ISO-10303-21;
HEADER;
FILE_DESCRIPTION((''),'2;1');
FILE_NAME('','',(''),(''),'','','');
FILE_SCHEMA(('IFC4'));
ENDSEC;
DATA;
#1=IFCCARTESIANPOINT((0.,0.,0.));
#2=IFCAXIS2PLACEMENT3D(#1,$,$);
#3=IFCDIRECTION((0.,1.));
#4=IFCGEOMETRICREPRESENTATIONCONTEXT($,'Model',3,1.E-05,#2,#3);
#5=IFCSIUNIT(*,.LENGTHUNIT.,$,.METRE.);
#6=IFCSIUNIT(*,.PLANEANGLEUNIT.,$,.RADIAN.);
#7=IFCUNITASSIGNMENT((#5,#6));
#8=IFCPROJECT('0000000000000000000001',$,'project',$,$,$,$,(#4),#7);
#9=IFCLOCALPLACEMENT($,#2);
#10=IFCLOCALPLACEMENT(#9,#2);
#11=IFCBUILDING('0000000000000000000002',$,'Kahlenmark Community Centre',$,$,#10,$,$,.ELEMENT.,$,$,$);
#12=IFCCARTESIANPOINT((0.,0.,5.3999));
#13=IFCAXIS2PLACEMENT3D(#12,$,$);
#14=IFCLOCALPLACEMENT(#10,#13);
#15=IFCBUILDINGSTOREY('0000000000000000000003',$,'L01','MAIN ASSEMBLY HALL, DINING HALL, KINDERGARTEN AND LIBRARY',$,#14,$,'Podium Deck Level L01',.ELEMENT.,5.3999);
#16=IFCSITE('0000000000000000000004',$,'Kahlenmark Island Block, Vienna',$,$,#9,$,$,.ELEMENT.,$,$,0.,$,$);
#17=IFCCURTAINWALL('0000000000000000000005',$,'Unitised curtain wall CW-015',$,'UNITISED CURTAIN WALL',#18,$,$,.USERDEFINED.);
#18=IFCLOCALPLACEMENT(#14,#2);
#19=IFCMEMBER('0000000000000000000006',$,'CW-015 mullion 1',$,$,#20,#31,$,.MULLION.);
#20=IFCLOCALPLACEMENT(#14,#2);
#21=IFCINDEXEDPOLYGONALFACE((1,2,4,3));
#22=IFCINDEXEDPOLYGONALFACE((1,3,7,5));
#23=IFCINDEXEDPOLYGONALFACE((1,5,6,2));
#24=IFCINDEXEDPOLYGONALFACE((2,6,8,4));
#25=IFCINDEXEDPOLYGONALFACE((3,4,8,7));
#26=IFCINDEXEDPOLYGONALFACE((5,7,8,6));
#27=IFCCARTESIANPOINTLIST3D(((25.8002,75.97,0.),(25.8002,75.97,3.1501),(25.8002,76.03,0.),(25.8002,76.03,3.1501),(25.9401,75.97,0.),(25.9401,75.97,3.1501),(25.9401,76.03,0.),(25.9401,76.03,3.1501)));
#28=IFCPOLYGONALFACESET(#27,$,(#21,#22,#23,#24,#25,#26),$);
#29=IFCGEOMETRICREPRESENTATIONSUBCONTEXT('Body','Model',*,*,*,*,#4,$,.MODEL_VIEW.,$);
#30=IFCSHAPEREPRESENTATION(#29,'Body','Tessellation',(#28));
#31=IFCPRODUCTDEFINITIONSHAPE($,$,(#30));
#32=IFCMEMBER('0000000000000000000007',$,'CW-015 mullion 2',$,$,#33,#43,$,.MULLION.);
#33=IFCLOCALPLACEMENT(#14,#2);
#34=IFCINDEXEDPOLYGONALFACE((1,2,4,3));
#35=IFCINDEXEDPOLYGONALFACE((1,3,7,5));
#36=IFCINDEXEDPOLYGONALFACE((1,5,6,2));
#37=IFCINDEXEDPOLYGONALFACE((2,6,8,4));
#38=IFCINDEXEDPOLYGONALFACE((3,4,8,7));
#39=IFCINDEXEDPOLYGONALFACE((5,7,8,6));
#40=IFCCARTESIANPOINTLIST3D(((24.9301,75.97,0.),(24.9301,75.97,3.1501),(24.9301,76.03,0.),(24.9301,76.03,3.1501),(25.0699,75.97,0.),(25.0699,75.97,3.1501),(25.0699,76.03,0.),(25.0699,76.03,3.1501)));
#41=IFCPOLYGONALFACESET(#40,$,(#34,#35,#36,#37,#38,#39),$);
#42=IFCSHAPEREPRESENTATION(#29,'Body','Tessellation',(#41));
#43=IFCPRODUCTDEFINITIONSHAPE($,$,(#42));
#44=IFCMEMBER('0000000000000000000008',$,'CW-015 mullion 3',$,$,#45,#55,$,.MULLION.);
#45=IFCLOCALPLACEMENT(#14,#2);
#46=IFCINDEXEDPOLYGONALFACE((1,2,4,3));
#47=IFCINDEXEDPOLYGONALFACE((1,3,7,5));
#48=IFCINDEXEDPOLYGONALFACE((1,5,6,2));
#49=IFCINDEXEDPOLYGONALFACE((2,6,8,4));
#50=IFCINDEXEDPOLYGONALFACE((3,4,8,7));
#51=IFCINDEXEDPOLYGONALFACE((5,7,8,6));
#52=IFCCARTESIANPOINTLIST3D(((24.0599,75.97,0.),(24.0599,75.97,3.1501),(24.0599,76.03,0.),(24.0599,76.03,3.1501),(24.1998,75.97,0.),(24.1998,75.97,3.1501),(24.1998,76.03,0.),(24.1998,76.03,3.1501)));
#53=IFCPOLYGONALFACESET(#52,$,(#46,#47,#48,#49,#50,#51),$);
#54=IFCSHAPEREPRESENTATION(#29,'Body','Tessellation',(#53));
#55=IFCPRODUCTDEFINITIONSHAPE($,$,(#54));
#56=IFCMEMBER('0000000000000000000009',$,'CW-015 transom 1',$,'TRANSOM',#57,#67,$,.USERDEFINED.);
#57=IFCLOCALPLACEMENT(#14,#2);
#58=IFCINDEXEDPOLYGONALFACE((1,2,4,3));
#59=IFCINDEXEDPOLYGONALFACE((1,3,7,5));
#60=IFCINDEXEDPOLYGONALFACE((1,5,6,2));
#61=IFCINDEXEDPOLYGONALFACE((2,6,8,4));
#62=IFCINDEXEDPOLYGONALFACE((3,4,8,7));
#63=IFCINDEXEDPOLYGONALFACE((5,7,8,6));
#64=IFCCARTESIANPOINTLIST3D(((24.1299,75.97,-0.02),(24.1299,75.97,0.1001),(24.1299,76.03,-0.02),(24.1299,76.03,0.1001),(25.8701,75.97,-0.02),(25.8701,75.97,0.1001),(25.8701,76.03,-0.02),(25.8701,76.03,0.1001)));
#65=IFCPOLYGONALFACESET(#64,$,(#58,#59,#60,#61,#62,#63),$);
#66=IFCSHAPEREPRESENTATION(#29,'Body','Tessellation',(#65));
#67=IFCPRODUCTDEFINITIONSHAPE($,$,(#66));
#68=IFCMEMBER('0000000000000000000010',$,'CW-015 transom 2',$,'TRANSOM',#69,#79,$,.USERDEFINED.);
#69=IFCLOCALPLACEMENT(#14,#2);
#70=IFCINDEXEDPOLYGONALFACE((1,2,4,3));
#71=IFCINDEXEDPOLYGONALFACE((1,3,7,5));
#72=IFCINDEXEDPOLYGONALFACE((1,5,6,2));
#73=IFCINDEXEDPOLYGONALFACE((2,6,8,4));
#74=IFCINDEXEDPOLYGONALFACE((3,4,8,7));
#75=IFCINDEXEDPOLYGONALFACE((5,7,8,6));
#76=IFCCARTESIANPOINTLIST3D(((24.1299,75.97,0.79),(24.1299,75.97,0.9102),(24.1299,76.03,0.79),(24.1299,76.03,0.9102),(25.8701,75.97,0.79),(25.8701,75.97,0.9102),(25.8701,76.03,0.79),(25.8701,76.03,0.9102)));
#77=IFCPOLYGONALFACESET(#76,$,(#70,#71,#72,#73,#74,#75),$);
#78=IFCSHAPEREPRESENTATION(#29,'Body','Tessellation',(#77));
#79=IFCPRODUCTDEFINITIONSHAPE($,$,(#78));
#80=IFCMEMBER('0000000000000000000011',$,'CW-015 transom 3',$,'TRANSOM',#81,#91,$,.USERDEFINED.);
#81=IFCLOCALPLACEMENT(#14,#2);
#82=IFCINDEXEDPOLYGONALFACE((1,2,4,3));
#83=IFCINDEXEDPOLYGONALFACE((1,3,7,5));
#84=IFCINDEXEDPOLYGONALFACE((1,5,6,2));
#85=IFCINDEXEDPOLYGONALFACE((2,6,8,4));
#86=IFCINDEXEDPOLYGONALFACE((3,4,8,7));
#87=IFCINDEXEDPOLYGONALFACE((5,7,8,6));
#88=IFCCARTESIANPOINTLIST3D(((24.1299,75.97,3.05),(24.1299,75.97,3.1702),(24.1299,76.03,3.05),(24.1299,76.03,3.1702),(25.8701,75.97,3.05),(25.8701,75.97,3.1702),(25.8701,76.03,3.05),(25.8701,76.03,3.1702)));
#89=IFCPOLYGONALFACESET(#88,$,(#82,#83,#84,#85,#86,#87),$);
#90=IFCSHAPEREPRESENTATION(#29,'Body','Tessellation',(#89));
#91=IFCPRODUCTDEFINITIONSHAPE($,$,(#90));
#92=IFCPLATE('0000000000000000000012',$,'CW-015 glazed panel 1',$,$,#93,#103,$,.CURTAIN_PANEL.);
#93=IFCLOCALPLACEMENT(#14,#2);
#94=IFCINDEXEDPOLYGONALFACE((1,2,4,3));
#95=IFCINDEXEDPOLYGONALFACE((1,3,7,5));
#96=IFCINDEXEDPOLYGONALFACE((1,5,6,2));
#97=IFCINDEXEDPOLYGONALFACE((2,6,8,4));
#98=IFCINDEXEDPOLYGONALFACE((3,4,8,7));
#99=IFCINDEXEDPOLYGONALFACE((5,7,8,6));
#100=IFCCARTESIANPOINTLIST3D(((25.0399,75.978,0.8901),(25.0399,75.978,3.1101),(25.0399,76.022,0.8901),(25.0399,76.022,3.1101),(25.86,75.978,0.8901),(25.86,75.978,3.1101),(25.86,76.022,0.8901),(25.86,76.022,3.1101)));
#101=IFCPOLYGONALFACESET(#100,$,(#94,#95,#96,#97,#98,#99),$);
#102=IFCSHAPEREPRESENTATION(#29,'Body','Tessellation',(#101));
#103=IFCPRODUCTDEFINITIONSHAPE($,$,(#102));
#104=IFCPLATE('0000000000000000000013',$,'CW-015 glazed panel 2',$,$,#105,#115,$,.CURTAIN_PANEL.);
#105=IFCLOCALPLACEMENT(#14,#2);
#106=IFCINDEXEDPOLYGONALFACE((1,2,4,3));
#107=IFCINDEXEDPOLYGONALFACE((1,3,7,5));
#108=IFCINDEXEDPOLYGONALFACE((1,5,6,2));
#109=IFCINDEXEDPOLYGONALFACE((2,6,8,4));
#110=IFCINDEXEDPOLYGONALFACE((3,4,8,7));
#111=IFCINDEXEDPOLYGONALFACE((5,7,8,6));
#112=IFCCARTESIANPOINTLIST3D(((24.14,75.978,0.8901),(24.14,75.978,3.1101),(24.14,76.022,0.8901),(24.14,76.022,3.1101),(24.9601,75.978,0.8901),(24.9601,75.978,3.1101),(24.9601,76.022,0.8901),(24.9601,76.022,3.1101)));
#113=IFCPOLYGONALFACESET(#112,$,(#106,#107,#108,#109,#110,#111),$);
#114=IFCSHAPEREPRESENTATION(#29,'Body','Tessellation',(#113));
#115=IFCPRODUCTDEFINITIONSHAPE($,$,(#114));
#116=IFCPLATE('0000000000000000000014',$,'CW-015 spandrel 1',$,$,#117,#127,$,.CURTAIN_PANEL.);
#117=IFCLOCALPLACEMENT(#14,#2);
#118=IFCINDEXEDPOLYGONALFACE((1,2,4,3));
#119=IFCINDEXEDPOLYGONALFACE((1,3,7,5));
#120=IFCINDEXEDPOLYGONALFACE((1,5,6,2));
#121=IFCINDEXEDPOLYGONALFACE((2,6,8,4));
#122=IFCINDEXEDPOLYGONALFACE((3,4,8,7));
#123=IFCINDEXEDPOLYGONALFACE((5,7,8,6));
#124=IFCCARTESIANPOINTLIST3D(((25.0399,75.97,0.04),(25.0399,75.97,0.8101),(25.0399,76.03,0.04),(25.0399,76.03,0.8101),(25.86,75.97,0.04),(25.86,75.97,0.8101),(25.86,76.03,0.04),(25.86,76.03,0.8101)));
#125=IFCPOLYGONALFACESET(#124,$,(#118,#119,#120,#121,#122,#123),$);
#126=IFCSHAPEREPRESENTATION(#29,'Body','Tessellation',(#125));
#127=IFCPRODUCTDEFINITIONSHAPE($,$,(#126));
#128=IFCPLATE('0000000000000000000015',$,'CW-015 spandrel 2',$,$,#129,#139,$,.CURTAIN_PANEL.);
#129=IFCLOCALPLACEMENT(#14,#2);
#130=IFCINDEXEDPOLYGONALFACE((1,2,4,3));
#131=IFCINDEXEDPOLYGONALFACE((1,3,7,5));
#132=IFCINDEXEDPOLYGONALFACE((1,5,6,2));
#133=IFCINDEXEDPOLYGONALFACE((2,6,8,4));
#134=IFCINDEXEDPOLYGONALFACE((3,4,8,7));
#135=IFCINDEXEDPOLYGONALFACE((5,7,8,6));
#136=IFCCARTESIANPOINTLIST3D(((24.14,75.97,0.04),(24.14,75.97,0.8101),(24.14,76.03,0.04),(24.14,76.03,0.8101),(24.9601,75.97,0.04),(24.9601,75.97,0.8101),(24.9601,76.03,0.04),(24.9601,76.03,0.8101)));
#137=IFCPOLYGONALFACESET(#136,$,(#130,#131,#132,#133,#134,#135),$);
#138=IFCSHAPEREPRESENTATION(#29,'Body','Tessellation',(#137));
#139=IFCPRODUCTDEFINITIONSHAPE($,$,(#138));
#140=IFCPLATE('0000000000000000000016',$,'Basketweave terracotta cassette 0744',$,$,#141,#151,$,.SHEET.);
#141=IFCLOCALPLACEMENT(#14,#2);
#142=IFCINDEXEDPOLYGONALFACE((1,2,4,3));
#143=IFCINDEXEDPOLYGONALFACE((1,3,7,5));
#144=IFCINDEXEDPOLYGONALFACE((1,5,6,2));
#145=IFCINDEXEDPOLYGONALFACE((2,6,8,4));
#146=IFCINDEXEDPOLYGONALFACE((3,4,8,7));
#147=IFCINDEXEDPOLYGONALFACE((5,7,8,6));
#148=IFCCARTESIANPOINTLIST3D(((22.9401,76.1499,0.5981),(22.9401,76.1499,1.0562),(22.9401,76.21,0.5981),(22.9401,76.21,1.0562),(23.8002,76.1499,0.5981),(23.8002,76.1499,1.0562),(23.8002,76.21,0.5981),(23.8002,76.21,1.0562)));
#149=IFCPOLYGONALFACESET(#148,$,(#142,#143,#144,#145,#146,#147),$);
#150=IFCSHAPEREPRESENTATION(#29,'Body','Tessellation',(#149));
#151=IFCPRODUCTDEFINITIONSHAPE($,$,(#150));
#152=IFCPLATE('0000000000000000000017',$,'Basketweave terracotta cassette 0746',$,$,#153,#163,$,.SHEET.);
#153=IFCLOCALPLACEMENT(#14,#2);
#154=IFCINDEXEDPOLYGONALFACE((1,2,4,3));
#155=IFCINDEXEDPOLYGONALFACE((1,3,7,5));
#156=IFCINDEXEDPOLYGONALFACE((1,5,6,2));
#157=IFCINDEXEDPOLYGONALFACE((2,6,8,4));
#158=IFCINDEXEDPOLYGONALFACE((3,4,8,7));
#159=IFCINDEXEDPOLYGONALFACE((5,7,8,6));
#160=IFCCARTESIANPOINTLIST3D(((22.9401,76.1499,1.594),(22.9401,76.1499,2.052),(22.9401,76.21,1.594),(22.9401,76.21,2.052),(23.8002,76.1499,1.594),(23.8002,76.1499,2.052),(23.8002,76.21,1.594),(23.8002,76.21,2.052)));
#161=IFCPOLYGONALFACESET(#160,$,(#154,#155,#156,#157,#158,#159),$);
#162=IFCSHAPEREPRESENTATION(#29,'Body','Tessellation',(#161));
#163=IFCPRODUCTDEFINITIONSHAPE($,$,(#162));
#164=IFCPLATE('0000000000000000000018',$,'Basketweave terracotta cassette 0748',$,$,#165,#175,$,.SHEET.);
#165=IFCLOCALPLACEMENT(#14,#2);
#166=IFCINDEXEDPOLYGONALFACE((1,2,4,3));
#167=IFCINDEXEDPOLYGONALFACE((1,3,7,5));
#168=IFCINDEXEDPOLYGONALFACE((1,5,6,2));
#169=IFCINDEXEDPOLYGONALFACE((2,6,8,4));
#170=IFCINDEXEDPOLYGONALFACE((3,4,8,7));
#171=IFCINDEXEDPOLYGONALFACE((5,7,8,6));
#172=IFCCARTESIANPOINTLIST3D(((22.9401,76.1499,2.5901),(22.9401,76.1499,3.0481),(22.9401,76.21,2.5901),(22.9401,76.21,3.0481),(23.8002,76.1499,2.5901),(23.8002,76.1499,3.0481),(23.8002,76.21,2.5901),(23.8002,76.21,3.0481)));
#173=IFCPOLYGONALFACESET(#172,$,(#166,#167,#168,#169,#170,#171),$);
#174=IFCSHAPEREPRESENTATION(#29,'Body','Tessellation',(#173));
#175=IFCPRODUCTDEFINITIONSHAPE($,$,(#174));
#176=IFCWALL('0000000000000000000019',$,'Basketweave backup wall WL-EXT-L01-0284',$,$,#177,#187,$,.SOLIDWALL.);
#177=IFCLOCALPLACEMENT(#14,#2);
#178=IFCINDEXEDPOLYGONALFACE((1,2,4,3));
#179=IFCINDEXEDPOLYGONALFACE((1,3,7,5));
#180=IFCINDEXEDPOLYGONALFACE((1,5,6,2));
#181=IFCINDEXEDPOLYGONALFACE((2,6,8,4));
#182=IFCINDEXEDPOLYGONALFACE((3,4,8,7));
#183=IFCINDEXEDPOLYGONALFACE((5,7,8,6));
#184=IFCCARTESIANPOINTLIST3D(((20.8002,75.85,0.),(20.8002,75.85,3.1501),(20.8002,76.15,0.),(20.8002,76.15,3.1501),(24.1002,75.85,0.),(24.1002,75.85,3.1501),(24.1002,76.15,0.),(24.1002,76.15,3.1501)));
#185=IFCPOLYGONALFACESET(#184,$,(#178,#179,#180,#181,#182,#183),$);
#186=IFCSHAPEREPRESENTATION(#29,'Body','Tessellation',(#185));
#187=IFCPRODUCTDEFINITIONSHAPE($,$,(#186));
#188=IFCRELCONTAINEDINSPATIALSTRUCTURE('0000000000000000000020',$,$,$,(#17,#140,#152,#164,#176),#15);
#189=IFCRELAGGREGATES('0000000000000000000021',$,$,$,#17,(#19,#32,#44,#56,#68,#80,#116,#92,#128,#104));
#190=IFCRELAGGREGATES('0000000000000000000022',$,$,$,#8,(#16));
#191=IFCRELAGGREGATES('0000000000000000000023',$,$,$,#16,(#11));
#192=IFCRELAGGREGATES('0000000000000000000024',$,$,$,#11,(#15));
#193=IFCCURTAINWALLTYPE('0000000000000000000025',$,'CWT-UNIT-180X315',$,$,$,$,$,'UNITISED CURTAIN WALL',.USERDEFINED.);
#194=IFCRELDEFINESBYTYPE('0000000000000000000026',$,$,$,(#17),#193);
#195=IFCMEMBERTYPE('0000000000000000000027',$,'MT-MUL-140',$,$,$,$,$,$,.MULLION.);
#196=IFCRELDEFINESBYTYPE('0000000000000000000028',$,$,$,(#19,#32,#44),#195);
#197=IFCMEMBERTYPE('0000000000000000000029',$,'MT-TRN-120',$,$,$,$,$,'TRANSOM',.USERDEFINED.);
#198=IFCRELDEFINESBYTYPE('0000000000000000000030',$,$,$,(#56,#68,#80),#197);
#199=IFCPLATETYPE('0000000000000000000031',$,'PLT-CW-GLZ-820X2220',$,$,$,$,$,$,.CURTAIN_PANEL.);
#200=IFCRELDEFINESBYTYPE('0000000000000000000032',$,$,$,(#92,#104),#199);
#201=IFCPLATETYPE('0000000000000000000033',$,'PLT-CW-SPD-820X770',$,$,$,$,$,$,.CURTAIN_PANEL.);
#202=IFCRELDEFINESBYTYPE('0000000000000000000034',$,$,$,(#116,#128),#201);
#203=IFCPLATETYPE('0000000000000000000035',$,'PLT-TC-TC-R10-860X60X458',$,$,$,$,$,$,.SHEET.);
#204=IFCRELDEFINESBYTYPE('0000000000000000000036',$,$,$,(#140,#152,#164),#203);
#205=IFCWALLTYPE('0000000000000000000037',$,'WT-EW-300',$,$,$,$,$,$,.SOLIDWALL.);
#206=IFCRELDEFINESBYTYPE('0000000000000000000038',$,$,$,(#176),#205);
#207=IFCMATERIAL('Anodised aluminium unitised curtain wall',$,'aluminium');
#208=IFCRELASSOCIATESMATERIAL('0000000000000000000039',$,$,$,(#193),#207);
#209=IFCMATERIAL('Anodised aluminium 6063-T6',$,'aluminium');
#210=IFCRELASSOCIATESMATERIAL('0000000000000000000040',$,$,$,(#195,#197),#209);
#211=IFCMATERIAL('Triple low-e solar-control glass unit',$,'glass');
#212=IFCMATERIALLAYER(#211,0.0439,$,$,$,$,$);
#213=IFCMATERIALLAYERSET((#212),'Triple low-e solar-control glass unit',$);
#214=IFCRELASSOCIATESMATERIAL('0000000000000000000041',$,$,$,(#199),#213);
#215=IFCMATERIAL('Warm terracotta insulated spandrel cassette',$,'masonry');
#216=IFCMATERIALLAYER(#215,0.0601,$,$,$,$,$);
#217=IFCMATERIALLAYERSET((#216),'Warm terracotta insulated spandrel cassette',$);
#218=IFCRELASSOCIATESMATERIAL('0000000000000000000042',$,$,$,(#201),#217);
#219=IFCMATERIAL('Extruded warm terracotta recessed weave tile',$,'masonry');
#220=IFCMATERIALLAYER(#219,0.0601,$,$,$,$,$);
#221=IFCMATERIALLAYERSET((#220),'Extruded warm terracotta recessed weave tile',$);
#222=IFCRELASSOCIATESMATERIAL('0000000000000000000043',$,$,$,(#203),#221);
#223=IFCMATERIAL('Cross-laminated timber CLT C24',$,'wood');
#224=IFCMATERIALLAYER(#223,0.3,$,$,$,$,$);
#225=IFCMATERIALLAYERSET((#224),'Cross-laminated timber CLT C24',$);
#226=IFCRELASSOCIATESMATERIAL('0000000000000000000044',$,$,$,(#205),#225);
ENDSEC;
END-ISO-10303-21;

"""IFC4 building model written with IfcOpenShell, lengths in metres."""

from ifc_helpers import new_model, si_unit, direction, frame, frame_2d, origin, origin_2d, place, context, subcontext, project, spatial, rectangle, extrude, material, layer, layer_set, material_profile, profile_set, type_object, element, aggregate, save


model = new_model("IFC4")

# Units and contexts
model_context = context("Model", 3, precision=1e-05, world=origin(), true_north=direction((0.0, 1.0)))
body_context = subcontext(model_context, "Body", "Model", "MODEL_VIEW")
ifc_project = project(units=[si_unit("LENGTHUNIT", "METRE"), si_unit("PLANEANGLEUNIT", "RADIAN")], contexts=[model_context])

# Site, building, storey
site_placement = place(None, origin())
site = spatial("IfcSite", under=ifc_project, at=site_placement, Name="Kahlenmark Island Block, Vienna", CompositionType="ELEMENT", RefElevation=0.0)
building_placement = place(site_placement, origin())
building = spatial("IfcBuilding", under=site, at=building_placement, Name="Kahlenmark Community Centre", CompositionType="ELEMENT")
storey_placement = place(building_placement, frame((0.0, 0.0, 5.3999)))
storey = spatial("IfcBuildingStorey", under=building, at=storey_placement, Name="L01", Description="MAIN ASSEMBLY HALL, DINING HALL, KINDERGARTEN AND LIBRARY", LongName="Podium Deck Level L01", CompositionType="ELEMENT", Elevation=5.3999)

# Curtain wall, members, plates
ifc_material_1 = material(Name="Anodised aluminium unitised curtain wall", Category="aluminium")
curtain_wall_type = type_object("IfcCurtainWallType", Name="CWT-UNIT-180X315", ElementType="UNITISED CURTAIN WALL", PredefinedType="USERDEFINED", material=ifc_material_1)
curtain_wall_placement = place(storey_placement, origin())
curtain_wall = element("IfcCurtainWall", 1, at=curtain_wall_placement, inside=storey, type_object=curtain_wall_type, Name="Unitised curtain wall CW-015", ObjectType="UNITISED CURTAIN WALL", PredefinedType="USERDEFINED")
ifc_material_2 = material(Name="Anodised aluminium 6063-T6", Category="aluminium")
ifc_material_profile_1 = material_profile(ifc_material_2, rectangle(XDim=0.0601, YDim=0.1399, at=origin_2d()), Name="ALU MULLION 60x140")
ifc_profile_set_1 = profile_set([ifc_material_profile_1], Name="Anodised aluminium 6063-T6")
member_type_1 = type_object("IfcMemberType", Name="MT-MUL-140", PredefinedType="MULLION", material=ifc_profile_set_1)
member_1_placement = place(storey_placement, frame((25.8701, 76.0, 0.0), z_axis=(0.0, 0.0, 1.0), x_axis=(0.0, -1.0, 0.0)))
member_1 = element("IfcMember", 2, at=member_1_placement, type_object=member_type_1, Name="CW-015 mullion 1", PredefinedType="MULLION", context=body_context, shape_type="SweptSolid", body=[
    extrude(rectangle(XDim=0.0601, YDim=0.1399, at=origin_2d()), origin(), (0.0, 0.0, 1.0), 3.1501),
])
member_2_placement = place(storey_placement, frame((25.0, 76.0, 0.0), z_axis=(0.0, 0.0, 1.0), x_axis=(0.0, -1.0, 0.0)))
member_2 = element("IfcMember", 3, at=member_2_placement, type_object=member_type_1, Name="CW-015 mullion 2", PredefinedType="MULLION", context=body_context, shape_type="SweptSolid", body=[
    extrude(rectangle(XDim=0.0601, YDim=0.1399, at=origin_2d()), origin(), (0.0, 0.0, 1.0), 3.1501),
])
member_3_placement = place(storey_placement, frame((24.1299, 76.0, 0.0), z_axis=(0.0, 0.0, 1.0), x_axis=(0.0, -1.0, 0.0)))
member_3 = element("IfcMember", 4, at=member_3_placement, type_object=member_type_1, Name="CW-015 mullion 3", PredefinedType="MULLION", context=body_context, shape_type="SweptSolid", body=[
    extrude(rectangle(XDim=0.0601, YDim=0.1399, at=origin_2d()), origin(), (0.0, 0.0, 1.0), 3.1501),
])
ifc_material_profile_2 = material_profile(ifc_material_2, rectangle(XDim=0.0601, YDim=0.1201, at=origin_2d()), Name="ALU TRANSOM 60x120")
ifc_profile_set_2 = profile_set([ifc_material_profile_2], Name="Anodised aluminium 6063-T6")
member_type_2 = type_object("IfcMemberType", Name="MT-TRN-120", ElementType="TRANSOM", PredefinedType="USERDEFINED", material=ifc_profile_set_2)
member_4_placement = place(storey_placement, frame((25.8701, 76.0, 0.04), z_axis=(-1.0, 0.0, 0.0), x_axis=(0.0, -1.0, 0.0)))
member_4 = element("IfcMember", 5, at=member_4_placement, type_object=member_type_2, Name="CW-015 transom 1", ObjectType="TRANSOM", PredefinedType="USERDEFINED", context=body_context, shape_type="SweptSolid", body=[
    extrude(rectangle(XDim=0.0601, YDim=0.1201, at=origin_2d()), origin(), (0.0, 0.0, 1.0), 1.7402),
])
member_5_placement = place(storey_placement, frame((25.8701, 76.0, 0.8501), z_axis=(-1.0, 0.0, 0.0), x_axis=(0.0, -1.0, 0.0)))
member_5 = element("IfcMember", 6, at=member_5_placement, type_object=member_type_2, Name="CW-015 transom 2", ObjectType="TRANSOM", PredefinedType="USERDEFINED", context=body_context, shape_type="SweptSolid", body=[
    extrude(rectangle(XDim=0.0601, YDim=0.1201, at=origin_2d()), origin(), (0.0, 0.0, 1.0), 1.7402),
])
member_6_placement = place(storey_placement, frame((25.8701, 76.0, 3.1101), z_axis=(-1.0, 0.0, 0.0), x_axis=(0.0, -1.0, 0.0)))
member_6 = element("IfcMember", 7, at=member_6_placement, type_object=member_type_2, Name="CW-015 transom 3", ObjectType="TRANSOM", PredefinedType="USERDEFINED", context=body_context, shape_type="SweptSolid", body=[
    extrude(rectangle(XDim=0.0601, YDim=0.1201, at=origin_2d()), origin(), (0.0, 0.0, 1.0), 1.7402),
])
ifc_material_3 = material(Name="Triple low-e solar-control glass unit", Category="glass")
ifc_layer_1 = layer(ifc_material_3, 0.0439)
ifc_layer_set_1 = layer_set([ifc_layer_1], Name="Triple low-e solar-control glass unit")
plate_type_1 = type_object("IfcPlateType", Name="PLT-CW-GLZ-820X2220", PredefinedType="CURTAIN_PANEL", material=ifc_layer_set_1)
plate_1_placement = place(storey_placement, frame((25.45, 76.0, 0.8901), z_axis=(0.0, 0.0, 1.0), x_axis=(-1.0, 0.0, 0.0)))
plate_1 = element("IfcPlate", 8, at=plate_1_placement, type_object=plate_type_1, Name="CW-015 glazed panel 1", PredefinedType="CURTAIN_PANEL", context=body_context, shape_type="SweptSolid", body=[
    extrude(rectangle(XDim=0.8201, YDim=0.0439, at=origin_2d()), origin(), (0.0, 0.0, 1.0), 2.22),
])
plate_2_placement = place(storey_placement, frame((24.55, 76.0, 0.8901), z_axis=(0.0, 0.0, 1.0), x_axis=(-1.0, 0.0, 0.0)))
plate_2 = element("IfcPlate", 9, at=plate_2_placement, type_object=plate_type_1, Name="CW-015 glazed panel 2", PredefinedType="CURTAIN_PANEL", context=body_context, shape_type="SweptSolid", body=[
    extrude(rectangle(XDim=0.8201, YDim=0.0439, at=origin_2d()), origin(), (0.0, 0.0, 1.0), 2.22),
])
ifc_material_4 = material(Name="Warm terracotta insulated spandrel cassette", Category="masonry")
ifc_layer_2 = layer(ifc_material_4, 0.0601)
ifc_layer_set_2 = layer_set([ifc_layer_2], Name="Warm terracotta insulated spandrel cassette")
plate_type_2 = type_object("IfcPlateType", Name="PLT-CW-SPD-820X770", PredefinedType="CURTAIN_PANEL", material=ifc_layer_set_2)
plate_3_placement = place(storey_placement, frame((25.45, 76.0, 0.04), z_axis=(0.0, 0.0, 1.0), x_axis=(-1.0, 0.0, 0.0)))
plate_3 = element("IfcPlate", 10, at=plate_3_placement, type_object=plate_type_2, Name="CW-015 spandrel 1", PredefinedType="CURTAIN_PANEL", context=body_context, shape_type="SweptSolid", body=[
    extrude(rectangle(XDim=0.8201, YDim=0.0601, at=origin_2d()), origin(), (0.0, 0.0, 1.0), 0.77),
])
plate_4_placement = place(storey_placement, frame((24.55, 76.0, 0.04), z_axis=(0.0, 0.0, 1.0), x_axis=(-1.0, 0.0, 0.0)))
plate_4 = element("IfcPlate", 11, at=plate_4_placement, type_object=plate_type_2, Name="CW-015 spandrel 2", PredefinedType="CURTAIN_PANEL", context=body_context, shape_type="SweptSolid", body=[
    extrude(rectangle(XDim=0.8201, YDim=0.0601, at=origin_2d()), origin(), (0.0, 0.0, 1.0), 0.77),
])
aggregate(curtain_wall, [member_1, member_2, member_3, member_4, member_5, member_6, plate_3, plate_1, plate_4, plate_2])

# Plates
ifc_material_5 = material(Name="Extruded warm terracotta recessed weave tile", Category="masonry")
ifc_layer_3 = layer(ifc_material_5, 0.0601)
ifc_layer_set_3 = layer_set([ifc_layer_3], Name="Extruded warm terracotta recessed weave tile")
plate_type_3 = type_object("IfcPlateType", Name="PLT-TC-TC-R10-860X60X458", PredefinedType="SHEET", material=ifc_layer_set_3)
for number, where, z_axis, x_axis, name in (
    (12, (23.3701, 76.1799, 0.5981), (0.0, 0.0, 1.0), (-1.0, 0.0, 0.0), "Basketweave terracotta cassette 0744"),
    (13, (23.3701, 76.1799, 1.594), (0.0, 0.0, 1.0), (-1.0, 0.0, 0.0), "Basketweave terracotta cassette 0746"),
    (14, (23.3701, 76.1799, 2.5901), (0.0, 0.0, 1.0), (-1.0, 0.0, 0.0), "Basketweave terracotta cassette 0748"),
):
    element("IfcPlate", number, at=place(storey_placement, frame(where, z_axis=z_axis, x_axis=x_axis)), inside=storey, type_object=plate_type_3, Name=name, PredefinedType="SHEET", context=body_context, shape_type="SweptSolid", body=[
        extrude(rectangle(XDim=0.8601, YDim=0.0601, at=origin_2d()), origin(), (0.0, 0.0, 1.0), 0.458),
    ])

# Wall
ifc_material_6 = material(Name="Cross-laminated timber CLT C24", Category="wood")
ifc_layer_4 = layer(ifc_material_6, 0.3)
ifc_layer_set_4 = layer_set([ifc_layer_4], Name="Cross-laminated timber CLT C24")
wall_type = type_object("IfcWallType", Name="WT-EW-300", PredefinedType="SOLIDWALL", material=ifc_layer_set_4)
wall_placement = place(storey_placement, frame((24.1001, 76.0, 0.0), z_axis=(0.0, 0.0, 1.0), x_axis=(-1.0, 0.0, 0.0)))
element("IfcWall", 15, at=wall_placement, inside=storey, type_object=wall_type, Name="Basketweave backup wall WL-EXT-L01-0284", PredefinedType="SOLIDWALL", context=body_context, shape_type="SweptSolid", body=[
    extrude(rectangle(XDim=3.3, YDim=0.3, at=frame_2d((1.6499, 0.0))), origin(), (0.0, 0.0, 1.0), 3.1501),
])

save(model, "model.ifc")
